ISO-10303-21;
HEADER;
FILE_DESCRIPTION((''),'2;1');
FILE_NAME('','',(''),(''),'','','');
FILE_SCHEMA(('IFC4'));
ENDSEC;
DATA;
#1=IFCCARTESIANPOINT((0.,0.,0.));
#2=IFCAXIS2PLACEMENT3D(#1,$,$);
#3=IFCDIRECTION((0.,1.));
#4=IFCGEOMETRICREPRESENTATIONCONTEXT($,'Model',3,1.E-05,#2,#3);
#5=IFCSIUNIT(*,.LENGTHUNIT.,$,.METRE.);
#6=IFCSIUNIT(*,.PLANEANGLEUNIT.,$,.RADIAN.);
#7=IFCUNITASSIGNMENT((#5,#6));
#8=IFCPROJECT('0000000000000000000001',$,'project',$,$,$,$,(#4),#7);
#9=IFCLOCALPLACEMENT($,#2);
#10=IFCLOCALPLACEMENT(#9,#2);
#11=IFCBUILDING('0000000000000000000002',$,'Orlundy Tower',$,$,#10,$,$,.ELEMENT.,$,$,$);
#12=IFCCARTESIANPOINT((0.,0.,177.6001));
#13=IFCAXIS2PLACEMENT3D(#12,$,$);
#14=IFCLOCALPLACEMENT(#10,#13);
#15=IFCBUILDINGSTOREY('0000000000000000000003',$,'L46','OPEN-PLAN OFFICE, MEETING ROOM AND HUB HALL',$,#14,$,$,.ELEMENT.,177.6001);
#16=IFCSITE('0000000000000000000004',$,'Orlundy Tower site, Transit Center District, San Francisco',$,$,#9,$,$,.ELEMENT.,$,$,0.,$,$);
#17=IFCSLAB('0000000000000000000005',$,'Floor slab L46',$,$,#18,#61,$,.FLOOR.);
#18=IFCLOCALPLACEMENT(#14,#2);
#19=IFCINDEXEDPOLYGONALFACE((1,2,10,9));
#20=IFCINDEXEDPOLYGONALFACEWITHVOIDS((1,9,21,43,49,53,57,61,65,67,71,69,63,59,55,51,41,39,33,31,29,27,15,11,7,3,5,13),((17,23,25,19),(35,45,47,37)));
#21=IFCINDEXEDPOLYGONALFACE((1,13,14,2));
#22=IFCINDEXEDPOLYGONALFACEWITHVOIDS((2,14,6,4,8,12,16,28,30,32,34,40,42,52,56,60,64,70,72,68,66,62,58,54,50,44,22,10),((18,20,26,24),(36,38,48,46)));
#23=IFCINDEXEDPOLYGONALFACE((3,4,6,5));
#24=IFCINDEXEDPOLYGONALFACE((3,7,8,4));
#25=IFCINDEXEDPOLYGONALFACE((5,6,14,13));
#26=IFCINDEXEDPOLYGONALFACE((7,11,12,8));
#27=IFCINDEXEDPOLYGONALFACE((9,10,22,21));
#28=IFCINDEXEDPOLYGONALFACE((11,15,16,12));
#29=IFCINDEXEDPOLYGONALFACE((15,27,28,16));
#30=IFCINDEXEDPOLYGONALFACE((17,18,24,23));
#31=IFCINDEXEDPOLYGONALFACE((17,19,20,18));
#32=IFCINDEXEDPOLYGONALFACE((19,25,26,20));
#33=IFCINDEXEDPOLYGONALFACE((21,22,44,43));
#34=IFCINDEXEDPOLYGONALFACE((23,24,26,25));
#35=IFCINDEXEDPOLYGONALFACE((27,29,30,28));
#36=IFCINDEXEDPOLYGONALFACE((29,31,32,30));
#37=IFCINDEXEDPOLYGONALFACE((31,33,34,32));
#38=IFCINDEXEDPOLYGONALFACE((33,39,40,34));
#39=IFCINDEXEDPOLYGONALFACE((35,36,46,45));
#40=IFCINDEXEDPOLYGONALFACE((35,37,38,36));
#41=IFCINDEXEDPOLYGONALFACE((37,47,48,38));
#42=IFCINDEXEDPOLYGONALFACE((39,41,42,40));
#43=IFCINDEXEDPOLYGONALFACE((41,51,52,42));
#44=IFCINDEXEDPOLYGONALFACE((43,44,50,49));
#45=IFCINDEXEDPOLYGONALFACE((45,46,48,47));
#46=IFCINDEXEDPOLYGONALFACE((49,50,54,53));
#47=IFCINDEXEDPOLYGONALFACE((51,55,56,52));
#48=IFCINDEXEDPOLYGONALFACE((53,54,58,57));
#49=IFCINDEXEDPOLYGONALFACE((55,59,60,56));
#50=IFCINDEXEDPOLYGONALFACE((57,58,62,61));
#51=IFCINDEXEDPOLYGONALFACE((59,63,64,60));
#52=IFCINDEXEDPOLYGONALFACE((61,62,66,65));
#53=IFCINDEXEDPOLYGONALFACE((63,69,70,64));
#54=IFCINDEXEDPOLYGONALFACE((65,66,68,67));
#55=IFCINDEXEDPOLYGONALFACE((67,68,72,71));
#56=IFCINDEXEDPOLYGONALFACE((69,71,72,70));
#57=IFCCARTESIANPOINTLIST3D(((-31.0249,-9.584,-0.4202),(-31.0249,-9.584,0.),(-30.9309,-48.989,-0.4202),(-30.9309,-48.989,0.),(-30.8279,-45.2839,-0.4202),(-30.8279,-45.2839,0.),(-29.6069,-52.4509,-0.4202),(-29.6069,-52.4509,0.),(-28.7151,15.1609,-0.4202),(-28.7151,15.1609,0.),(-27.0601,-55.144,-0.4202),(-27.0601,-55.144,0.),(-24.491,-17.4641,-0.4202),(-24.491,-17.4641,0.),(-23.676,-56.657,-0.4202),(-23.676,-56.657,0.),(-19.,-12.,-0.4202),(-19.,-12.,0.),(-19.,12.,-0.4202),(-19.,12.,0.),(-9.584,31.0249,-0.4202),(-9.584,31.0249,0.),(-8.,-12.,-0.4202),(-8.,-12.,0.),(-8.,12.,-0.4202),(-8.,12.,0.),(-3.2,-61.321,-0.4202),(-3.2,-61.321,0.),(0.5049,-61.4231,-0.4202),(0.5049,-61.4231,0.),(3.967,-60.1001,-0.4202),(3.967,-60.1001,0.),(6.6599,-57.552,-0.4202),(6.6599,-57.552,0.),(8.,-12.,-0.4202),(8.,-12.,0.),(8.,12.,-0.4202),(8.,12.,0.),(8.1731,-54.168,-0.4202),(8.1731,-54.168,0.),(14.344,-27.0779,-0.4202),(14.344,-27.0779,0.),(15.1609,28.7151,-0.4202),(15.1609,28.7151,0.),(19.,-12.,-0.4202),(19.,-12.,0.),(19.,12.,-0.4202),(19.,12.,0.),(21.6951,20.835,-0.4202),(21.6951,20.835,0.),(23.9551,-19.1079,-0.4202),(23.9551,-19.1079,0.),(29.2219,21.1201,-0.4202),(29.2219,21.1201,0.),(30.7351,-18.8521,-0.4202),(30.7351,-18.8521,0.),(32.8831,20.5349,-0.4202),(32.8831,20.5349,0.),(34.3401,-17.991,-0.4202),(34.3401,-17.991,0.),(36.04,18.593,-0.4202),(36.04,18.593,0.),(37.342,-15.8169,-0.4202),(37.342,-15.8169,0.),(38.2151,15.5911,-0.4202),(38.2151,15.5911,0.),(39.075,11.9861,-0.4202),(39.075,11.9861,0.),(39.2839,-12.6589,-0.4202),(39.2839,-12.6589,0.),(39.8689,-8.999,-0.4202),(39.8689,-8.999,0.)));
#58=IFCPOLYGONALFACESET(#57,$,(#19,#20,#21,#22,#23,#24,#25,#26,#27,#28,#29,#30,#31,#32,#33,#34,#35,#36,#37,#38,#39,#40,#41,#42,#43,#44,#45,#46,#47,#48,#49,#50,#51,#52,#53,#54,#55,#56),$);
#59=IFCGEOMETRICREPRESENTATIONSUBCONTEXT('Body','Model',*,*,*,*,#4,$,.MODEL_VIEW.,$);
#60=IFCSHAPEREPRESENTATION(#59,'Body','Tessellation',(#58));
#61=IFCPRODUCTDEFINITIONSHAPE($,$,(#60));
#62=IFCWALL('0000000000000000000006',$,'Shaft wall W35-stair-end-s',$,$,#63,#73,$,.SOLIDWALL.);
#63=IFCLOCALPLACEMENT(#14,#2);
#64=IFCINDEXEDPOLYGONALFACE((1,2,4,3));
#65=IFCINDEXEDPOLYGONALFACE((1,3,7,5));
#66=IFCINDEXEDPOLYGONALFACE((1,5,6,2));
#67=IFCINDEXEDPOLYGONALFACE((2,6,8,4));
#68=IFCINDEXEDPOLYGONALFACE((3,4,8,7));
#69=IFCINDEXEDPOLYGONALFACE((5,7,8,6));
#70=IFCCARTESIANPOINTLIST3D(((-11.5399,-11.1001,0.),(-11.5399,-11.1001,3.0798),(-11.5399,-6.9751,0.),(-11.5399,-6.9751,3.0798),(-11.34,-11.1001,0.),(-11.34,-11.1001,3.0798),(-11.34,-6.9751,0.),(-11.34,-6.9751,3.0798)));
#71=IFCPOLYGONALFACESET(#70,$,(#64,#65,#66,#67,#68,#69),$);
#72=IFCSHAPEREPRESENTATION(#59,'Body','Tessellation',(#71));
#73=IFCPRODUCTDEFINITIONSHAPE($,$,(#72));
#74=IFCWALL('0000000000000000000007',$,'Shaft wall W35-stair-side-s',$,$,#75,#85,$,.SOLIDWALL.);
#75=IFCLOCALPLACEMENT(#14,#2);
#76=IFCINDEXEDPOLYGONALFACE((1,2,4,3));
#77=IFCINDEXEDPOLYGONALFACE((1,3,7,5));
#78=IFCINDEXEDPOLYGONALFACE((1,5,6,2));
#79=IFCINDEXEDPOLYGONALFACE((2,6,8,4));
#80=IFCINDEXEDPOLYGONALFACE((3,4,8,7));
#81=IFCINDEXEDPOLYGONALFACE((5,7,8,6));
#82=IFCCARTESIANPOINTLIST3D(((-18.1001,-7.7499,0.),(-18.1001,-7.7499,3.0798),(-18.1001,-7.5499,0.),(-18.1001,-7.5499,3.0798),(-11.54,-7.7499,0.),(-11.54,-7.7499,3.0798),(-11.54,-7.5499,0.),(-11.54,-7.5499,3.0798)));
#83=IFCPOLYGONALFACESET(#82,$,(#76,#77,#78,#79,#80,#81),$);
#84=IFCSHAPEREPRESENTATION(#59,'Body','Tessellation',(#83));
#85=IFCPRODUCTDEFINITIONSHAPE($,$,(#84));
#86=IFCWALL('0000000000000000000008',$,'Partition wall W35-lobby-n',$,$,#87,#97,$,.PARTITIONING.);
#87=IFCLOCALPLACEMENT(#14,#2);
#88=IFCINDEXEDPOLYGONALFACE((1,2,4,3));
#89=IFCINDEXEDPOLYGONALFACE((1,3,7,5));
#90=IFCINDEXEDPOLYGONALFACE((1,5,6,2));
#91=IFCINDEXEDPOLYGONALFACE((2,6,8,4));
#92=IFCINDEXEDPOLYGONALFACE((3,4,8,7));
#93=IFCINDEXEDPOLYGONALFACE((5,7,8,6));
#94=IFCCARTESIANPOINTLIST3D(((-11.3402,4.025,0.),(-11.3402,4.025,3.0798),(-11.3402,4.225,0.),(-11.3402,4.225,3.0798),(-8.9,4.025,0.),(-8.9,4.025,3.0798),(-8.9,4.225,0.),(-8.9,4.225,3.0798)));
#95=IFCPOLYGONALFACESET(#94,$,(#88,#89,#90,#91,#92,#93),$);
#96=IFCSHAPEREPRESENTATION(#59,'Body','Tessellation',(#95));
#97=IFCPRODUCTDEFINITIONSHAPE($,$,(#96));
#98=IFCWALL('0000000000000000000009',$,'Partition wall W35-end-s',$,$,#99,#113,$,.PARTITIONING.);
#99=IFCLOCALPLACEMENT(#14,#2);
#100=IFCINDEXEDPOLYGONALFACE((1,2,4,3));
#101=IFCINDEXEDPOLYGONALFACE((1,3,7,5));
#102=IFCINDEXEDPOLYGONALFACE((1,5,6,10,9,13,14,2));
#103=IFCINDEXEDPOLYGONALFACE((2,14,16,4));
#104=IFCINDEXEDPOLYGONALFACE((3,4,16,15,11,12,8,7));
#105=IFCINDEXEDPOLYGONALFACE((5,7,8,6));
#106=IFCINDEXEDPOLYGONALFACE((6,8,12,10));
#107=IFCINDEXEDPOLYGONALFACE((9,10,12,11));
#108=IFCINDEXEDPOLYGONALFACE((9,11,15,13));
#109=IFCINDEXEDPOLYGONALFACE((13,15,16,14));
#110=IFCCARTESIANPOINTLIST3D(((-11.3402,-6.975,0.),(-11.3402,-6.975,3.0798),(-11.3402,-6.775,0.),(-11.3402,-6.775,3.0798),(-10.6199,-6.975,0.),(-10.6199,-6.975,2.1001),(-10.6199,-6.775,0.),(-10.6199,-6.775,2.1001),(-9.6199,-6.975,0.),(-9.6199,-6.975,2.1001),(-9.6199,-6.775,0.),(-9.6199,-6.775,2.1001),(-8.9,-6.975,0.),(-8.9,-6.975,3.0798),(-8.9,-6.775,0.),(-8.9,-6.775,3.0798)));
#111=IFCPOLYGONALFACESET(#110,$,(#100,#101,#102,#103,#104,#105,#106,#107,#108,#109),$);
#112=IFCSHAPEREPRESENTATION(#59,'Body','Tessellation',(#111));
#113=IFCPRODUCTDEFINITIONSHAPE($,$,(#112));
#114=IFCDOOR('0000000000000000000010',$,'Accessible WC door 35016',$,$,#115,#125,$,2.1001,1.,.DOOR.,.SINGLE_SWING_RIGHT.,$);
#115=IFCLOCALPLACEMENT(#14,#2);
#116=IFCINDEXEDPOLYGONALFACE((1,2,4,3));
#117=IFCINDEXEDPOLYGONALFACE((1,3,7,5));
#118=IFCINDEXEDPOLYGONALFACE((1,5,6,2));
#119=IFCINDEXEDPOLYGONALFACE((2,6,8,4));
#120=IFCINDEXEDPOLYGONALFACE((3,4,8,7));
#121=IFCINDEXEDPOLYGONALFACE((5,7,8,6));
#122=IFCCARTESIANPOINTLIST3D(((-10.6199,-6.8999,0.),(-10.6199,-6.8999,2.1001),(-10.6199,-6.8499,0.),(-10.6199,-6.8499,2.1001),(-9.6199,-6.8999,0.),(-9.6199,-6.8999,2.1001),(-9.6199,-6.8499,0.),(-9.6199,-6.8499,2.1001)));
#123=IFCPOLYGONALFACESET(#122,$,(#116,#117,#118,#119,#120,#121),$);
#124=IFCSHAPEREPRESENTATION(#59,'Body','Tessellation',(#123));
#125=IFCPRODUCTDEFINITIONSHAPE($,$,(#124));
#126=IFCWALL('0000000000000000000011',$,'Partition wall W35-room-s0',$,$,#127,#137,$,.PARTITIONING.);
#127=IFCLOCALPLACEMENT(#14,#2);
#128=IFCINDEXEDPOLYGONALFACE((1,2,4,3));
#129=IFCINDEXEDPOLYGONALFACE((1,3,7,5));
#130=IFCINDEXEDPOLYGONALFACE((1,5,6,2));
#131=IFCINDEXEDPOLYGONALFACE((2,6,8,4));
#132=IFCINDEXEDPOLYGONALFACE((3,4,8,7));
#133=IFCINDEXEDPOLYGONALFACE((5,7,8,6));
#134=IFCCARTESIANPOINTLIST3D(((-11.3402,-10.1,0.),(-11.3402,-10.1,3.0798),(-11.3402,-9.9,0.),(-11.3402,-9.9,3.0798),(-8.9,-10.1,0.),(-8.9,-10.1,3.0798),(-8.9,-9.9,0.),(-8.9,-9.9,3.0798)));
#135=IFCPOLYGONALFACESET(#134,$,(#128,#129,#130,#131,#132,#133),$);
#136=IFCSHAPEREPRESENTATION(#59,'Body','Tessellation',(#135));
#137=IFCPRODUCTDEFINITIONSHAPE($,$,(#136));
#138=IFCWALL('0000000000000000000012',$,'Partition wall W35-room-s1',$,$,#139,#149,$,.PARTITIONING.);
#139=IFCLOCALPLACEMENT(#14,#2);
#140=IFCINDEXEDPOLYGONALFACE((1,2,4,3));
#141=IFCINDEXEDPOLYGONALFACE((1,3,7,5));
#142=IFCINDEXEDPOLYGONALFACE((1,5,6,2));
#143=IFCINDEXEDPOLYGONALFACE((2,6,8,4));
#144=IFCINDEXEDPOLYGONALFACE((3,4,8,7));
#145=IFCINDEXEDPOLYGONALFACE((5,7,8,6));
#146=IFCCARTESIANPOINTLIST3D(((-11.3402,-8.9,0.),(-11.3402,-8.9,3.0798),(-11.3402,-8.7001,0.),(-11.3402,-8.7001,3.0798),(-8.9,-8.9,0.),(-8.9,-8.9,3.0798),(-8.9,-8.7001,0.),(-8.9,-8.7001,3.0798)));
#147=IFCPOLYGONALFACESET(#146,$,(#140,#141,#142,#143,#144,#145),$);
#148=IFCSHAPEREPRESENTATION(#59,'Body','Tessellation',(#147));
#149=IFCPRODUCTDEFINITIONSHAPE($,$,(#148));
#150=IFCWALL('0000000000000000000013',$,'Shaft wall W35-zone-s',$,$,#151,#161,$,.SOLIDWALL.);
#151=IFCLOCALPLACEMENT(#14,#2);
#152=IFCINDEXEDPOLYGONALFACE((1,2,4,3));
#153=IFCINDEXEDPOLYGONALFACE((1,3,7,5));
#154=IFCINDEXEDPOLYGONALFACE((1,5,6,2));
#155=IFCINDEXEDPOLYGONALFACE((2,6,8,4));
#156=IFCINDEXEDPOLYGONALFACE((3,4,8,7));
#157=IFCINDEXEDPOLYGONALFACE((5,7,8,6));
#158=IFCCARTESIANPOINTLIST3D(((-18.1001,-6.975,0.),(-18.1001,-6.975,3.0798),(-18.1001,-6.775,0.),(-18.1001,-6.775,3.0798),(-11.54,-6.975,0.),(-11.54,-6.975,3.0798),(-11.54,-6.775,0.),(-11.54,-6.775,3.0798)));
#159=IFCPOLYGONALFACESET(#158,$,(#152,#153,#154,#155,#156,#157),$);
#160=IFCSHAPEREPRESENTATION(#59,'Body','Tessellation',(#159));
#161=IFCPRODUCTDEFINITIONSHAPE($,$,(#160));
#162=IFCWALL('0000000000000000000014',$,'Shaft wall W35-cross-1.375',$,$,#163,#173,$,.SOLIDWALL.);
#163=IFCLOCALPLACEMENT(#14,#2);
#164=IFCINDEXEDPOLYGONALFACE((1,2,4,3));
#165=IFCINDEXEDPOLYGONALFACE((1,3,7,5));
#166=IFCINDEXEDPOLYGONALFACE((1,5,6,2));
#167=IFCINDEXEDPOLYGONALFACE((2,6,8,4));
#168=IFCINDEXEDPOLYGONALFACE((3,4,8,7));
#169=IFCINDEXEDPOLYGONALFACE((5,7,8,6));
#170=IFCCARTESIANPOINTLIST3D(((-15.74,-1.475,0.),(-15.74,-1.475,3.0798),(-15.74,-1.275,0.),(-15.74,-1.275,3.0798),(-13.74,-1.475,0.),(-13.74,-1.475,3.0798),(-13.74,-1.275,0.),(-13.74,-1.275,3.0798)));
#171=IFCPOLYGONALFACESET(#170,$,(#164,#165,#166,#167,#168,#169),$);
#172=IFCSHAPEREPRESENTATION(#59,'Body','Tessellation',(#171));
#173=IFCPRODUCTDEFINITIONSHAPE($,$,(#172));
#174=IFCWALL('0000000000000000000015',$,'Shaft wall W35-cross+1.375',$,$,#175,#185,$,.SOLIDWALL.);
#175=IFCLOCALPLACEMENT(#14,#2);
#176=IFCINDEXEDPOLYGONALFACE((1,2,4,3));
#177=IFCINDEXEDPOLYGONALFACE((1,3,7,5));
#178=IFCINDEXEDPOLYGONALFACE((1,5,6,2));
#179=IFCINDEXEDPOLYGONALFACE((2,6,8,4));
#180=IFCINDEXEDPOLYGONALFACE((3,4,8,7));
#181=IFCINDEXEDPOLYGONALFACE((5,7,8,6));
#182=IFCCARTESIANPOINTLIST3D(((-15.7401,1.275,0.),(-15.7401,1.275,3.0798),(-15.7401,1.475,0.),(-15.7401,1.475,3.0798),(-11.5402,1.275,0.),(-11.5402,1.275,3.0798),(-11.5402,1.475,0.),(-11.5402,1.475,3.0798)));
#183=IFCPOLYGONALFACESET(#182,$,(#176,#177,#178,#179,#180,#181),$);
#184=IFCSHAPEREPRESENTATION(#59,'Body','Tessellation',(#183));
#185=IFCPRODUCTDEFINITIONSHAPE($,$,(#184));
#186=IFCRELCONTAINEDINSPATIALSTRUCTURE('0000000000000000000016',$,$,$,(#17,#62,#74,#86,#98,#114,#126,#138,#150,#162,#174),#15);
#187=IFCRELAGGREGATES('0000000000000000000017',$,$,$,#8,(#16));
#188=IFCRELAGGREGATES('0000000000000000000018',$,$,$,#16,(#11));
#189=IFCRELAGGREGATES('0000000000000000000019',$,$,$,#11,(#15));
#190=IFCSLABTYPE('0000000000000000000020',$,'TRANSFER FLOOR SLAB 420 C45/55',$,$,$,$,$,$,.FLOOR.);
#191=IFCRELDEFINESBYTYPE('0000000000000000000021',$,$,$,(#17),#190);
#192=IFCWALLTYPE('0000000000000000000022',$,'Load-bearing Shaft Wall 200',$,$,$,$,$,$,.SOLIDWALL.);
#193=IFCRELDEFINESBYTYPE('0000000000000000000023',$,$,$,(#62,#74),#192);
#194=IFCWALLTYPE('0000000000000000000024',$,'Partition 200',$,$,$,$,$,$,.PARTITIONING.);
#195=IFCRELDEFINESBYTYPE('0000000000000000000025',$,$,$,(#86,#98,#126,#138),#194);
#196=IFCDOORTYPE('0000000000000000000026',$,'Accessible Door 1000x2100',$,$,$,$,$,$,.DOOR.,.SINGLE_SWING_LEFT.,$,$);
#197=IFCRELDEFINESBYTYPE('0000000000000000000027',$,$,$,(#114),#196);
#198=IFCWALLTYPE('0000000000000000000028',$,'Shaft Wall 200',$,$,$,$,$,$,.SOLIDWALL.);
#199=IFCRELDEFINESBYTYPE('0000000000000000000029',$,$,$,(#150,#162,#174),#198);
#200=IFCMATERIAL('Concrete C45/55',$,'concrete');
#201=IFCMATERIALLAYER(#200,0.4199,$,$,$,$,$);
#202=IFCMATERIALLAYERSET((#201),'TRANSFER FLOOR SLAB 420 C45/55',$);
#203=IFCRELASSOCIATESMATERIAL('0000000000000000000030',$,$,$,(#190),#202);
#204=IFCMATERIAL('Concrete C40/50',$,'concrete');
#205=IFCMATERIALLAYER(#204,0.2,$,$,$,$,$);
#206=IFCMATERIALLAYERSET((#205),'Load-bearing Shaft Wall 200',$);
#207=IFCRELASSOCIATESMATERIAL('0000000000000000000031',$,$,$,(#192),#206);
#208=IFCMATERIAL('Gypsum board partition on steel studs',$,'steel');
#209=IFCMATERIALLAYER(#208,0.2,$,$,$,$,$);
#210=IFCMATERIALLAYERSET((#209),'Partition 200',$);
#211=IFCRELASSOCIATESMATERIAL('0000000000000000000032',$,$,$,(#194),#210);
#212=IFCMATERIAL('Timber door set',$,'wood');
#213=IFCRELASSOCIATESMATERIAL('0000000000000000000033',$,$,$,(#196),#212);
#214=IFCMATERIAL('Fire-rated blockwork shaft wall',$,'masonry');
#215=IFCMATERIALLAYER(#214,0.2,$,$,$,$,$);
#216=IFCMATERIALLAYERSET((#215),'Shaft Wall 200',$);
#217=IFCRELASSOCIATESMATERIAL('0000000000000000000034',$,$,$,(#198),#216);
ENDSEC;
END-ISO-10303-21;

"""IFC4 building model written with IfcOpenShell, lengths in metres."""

from ifc_helpers import new_model, si_unit, direction, frame, frame_2d, origin, place, context, subcontext, project, spatial, polyline, rectangle, outline, extrude, material, layer, layer_set, type_object, element, fill, save


model = new_model("IFC4")

# Units and contexts
model_context = context("Model", 3, precision=1e-05, world=origin(), true_north=direction((0.0, 1.0)))
body_context = subcontext(model_context, "Body", "Model", "MODEL_VIEW")
ifc_project = project(units=[si_unit("LENGTHUNIT", "METRE"), si_unit("PLANEANGLEUNIT", "RADIAN")], contexts=[model_context])

# Site, building, storey
site_placement = place(None, origin())
site = spatial("IfcSite", under=ifc_project, at=site_placement, Name="Orlundy Tower site, Transit Center District, San Francisco", CompositionType="ELEMENT", RefElevation=0.0)
building_placement = place(site_placement, origin())
building = spatial("IfcBuilding", under=site, at=building_placement, Name="Orlundy Tower", CompositionType="ELEMENT")
storey_placement = place(building_placement, frame((0.0, 0.0, 177.6001)))
storey = spatial("IfcBuildingStorey", under=building, at=storey_placement, Name="L46", Description="OPEN-PLAN OFFICE, MEETING ROOM AND HUB HALL", CompositionType="ELEMENT", Elevation=177.6001)

# Slab
ifc_material_1 = material(Name="Concrete C45/55", Category="concrete")
ifc_layer_1 = layer(ifc_material_1, 0.4199)
ifc_layer_set_1 = layer_set([ifc_layer_1], Name="TRANSFER FLOOR SLAB 420 C45/55")
slab_type_1 = type_object("IfcSlabType", Name="TRANSFER FLOOR SLAB 420 C45/55", PredefinedType="FLOOR", material=ifc_layer_set_1)
slab_1_placement = place(storey_placement, frame((0.0, 0.0, -0.4202)))
element("IfcSlab", 1, at=slab_1_placement, inside=storey, type_object=slab_type_1, Name="Floor slab L46", PredefinedType="FLOOR", context=body_context, shape_type="SweptSolid", body=[
    extrude(outline(polyline([(-24.491, -17.4641), (-31.0249, -9.584), (-28.7151, 15.1609), (-9.584, 31.0249), (15.1609, 28.7151), (21.6951, 20.835), (29.2219, 21.1201), (32.8831, 20.5349), (36.04, 18.593), (38.2151, 15.5911), (39.075, 11.9861), (39.8689, -8.999), (39.2839, -12.6589), (37.342, -15.8169), (34.3401, -17.991), (30.7351, -18.8521), (23.9551, -19.1079), (14.344, -27.0779), (8.1731, -54.168), (6.6599, -57.552), (3.967, -60.1001), (0.5049, -61.4231), (-3.2, -61.321), (-23.676, -56.657), (-27.0601, -55.144), (-29.6069, -52.4509), (-30.9309, -48.989), (-30.8279, -45.2839), (-24.491, -17.4641)]), holes=[polyline([(-8.0, -12.0), (-8.0, 12.0), (-19.0, 12.0), (-19.0, -12.0), (-8.0, -12.0)]), polyline([(19.0, -12.0), (19.0, 12.0), (8.0, 12.0), (8.0, -12.0), (19.0, -12.0)])]), origin(), (0.0, 0.0, 1.0), 0.4202),
])

# Walls
ifc_material_2 = material(Name="Concrete C40/50", Category="concrete")
ifc_layer_2 = layer(ifc_material_2, 0.2)
ifc_layer_set_2 = layer_set([ifc_layer_2], Name="Load-bearing Shaft Wall 200")
wall_type_1 = type_object("IfcWallType", Name="Load-bearing Shaft Wall 200", PredefinedType="SOLIDWALL", material=ifc_layer_set_2)
wall_1_placement = place(storey_placement, frame((-11.4399, -11.1001, 0.0), z_axis=(0.0, 0.0, 1.0), x_axis=(0.0, 1.0, 0.0)))
element("IfcWall", 2, at=wall_1_placement, inside=storey, type_object=wall_type_1, Name="Shaft wall W35-stair-end-s", PredefinedType="SOLIDWALL", context=body_context, shape_type="SweptSolid", body=[
    extrude(rectangle(XDim=4.125, YDim=0.2, at=frame_2d((2.0625, 0.0))), origin(), (0.0, 0.0, 1.0), 3.0798),
])
wall_2_placement = place(storey_placement, frame((-11.54, -7.6499, 0.0), z_axis=(0.0, 0.0, 1.0), x_axis=(-1.0, 0.0, 0.0)))
element("IfcWall", 3, at=wall_2_placement, inside=storey, type_object=wall_type_1, Name="Shaft wall W35-stair-side-s", PredefinedType="SOLIDWALL", context=body_context, shape_type="SweptSolid", body=[
    extrude(rectangle(XDim=6.5601, YDim=0.2, at=frame_2d((3.28, 0.0))), origin(), (0.0, 0.0, 1.0), 3.0798),
])
ifc_material_3 = material(Name="Gypsum board partition on steel studs", Category="steel")
ifc_layer_3 = layer(ifc_material_3, 0.2)
ifc_layer_set_3 = layer_set([ifc_layer_3], Name="Partition 200")
wall_type_2 = type_object("IfcWallType", Name="Partition 200", PredefinedType="PARTITIONING", material=ifc_layer_set_3)
wall_3_placement = place(storey_placement, frame((-8.8999, 4.125, 0.0), z_axis=(0.0, 0.0, 1.0), x_axis=(-1.0, 0.0, 0.0)))
element("IfcWall", 4, at=wall_3_placement, inside=storey, type_object=wall_type_2, Name="Partition wall W35-lobby-n", PredefinedType="PARTITIONING", context=body_context, shape_type="SweptSolid", body=[
    extrude(rectangle(XDim=2.4402, YDim=0.2, at=frame_2d((1.2202, 0.0))), origin(), (0.0, 0.0, 1.0), 3.0798),
])

# Wall, opening, door
wall_4_placement = place(storey_placement, frame((-8.8999, -6.875, 0.0), z_axis=(0.0, 0.0, 1.0), x_axis=(-1.0, 0.0, 0.0)))
wall_4 = element("IfcWall", 5, at=wall_4_placement, inside=storey, type_object=wall_type_2, Name="Partition wall W35-end-s", PredefinedType="PARTITIONING", context=body_context, shape_type="SweptSolid", body=[
    extrude(rectangle(XDim=2.4402, YDim=0.2, at=frame_2d((1.2202, 0.0))), origin(), (0.0, 0.0, 1.0), 3.0798),
])
opening_1_placement = place(wall_4_placement, frame((0.72, 0.0, 0.0)))
opening_1 = element("IfcOpeningElement", 6, at=opening_1_placement, cuts=wall_4, PredefinedType="OPENING", context=body_context, shape_type="SweptSolid", body=[
    extrude(rectangle(XDim=1.0, YDim=2.1001, at=frame_2d((0.5, 1.05))), frame((0.0, 0.1101, 0.0), z_axis=(0.0, -1.0, 0.0), x_axis=(1.0, 0.0, 0.0)), (0.0, 0.0, 1.0), 0.2202),
])
ifc_material_4 = material(Name="Timber door set", Category="wood")
door_type_1 = type_object("IfcDoorType", Name="Accessible Door 1000x2100", OperationType="SINGLE_SWING_LEFT", PredefinedType="DOOR", material=ifc_material_4)
door_1_placement = place(opening_1_placement, origin())
door_1 = element("IfcDoor", 7, at=door_1_placement, inside=storey, type_object=door_type_1, Name="Accessible WC door 35016", OperationType="SINGLE_SWING_RIGHT", OverallHeight=2.1001, OverallWidth=1.0, PredefinedType="DOOR", context=body_context, shape_type="SweptSolid", body=[
    extrude(rectangle(XDim=1.0, YDim=2.1001, at=frame_2d((0.5, 1.05))), frame((0.0, 0.0249, 0.0), z_axis=(0.0, -1.0, 0.0), x_axis=(1.0, 0.0, 0.0)), (0.0, 0.0, 1.0), 0.05),
])
fill(opening_1, door_1)

# Walls
for number, where, z_axis, x_axis, name in (
    (8, (-8.8999, -10.0, 0.0), (0.0, 0.0, 1.0), (-1.0, 0.0, 0.0), "Partition wall W35-room-s0"),
    (9, (-8.8999, -8.8, 0.0), (0.0, 0.0, 1.0), (-1.0, 0.0, 0.0), "Partition wall W35-room-s1"),
):
    element("IfcWall", number, at=place(storey_placement, frame(where, z_axis=z_axis, x_axis=x_axis)), inside=storey, type_object=wall_type_2, Name=name, PredefinedType="PARTITIONING", context=body_context, shape_type="SweptSolid", body=[
        extrude(rectangle(XDim=2.4402, YDim=0.2, at=frame_2d((1.2202, 0.0))), origin(), (0.0, 0.0, 1.0), 3.0798),
    ])
ifc_material_5 = material(Name="Fire-rated blockwork shaft wall", Category="masonry")
ifc_layer_4 = layer(ifc_material_5, 0.2)
ifc_layer_set_4 = layer_set([ifc_layer_4], Name="Shaft Wall 200")
wall_type_3 = type_object("IfcWallType", Name="Shaft Wall 200", PredefinedType="SOLIDWALL", material=ifc_layer_set_4)
wall_5_placement = place(storey_placement, frame((-11.54, -6.875, 0.0), z_axis=(0.0, 0.0, 1.0), x_axis=(-1.0, 0.0, 0.0)))
element("IfcWall", 10, at=wall_5_placement, inside=storey, type_object=wall_type_3, Name="Shaft wall W35-zone-s", PredefinedType="SOLIDWALL", context=body_context, shape_type="SweptSolid", body=[
    extrude(rectangle(XDim=6.5601, YDim=0.2, at=frame_2d((3.28, 0.0))), origin(), (0.0, 0.0, 1.0), 3.0798),
])
wall_6_placement = place(storey_placement, frame((-13.74, -1.375, 0.0), z_axis=(0.0, 0.0, 1.0), x_axis=(-1.0, 0.0, 0.0)))
element("IfcWall", 11, at=wall_6_placement, inside=storey, type_object=wall_type_3, Name="Shaft wall W35-cross-1.375", PredefinedType="SOLIDWALL", context=body_context, shape_type="SweptSolid", body=[
    extrude(rectangle(XDim=2.0, YDim=0.2, at=frame_2d((1.0, 0.0))), origin(), (0.0, 0.0, 1.0), 3.0798),
])
wall_7_placement = place(storey_placement, frame((-11.54, 1.375, 0.0), z_axis=(0.0, 0.0, 1.0), x_axis=(-1.0, 0.0, 0.0)))
element("IfcWall", 12, at=wall_7_placement, inside=storey, type_object=wall_type_3, Name="Shaft wall W35-cross+1.375", PredefinedType="SOLIDWALL", context=body_context, shape_type="SweptSolid", body=[
    extrude(rectangle(XDim=4.2, YDim=0.2, at=frame_2d((2.1001, 0.0))), origin(), (0.0, 0.0, 1.0), 3.0798),
])

save(model, "model.ifc")
